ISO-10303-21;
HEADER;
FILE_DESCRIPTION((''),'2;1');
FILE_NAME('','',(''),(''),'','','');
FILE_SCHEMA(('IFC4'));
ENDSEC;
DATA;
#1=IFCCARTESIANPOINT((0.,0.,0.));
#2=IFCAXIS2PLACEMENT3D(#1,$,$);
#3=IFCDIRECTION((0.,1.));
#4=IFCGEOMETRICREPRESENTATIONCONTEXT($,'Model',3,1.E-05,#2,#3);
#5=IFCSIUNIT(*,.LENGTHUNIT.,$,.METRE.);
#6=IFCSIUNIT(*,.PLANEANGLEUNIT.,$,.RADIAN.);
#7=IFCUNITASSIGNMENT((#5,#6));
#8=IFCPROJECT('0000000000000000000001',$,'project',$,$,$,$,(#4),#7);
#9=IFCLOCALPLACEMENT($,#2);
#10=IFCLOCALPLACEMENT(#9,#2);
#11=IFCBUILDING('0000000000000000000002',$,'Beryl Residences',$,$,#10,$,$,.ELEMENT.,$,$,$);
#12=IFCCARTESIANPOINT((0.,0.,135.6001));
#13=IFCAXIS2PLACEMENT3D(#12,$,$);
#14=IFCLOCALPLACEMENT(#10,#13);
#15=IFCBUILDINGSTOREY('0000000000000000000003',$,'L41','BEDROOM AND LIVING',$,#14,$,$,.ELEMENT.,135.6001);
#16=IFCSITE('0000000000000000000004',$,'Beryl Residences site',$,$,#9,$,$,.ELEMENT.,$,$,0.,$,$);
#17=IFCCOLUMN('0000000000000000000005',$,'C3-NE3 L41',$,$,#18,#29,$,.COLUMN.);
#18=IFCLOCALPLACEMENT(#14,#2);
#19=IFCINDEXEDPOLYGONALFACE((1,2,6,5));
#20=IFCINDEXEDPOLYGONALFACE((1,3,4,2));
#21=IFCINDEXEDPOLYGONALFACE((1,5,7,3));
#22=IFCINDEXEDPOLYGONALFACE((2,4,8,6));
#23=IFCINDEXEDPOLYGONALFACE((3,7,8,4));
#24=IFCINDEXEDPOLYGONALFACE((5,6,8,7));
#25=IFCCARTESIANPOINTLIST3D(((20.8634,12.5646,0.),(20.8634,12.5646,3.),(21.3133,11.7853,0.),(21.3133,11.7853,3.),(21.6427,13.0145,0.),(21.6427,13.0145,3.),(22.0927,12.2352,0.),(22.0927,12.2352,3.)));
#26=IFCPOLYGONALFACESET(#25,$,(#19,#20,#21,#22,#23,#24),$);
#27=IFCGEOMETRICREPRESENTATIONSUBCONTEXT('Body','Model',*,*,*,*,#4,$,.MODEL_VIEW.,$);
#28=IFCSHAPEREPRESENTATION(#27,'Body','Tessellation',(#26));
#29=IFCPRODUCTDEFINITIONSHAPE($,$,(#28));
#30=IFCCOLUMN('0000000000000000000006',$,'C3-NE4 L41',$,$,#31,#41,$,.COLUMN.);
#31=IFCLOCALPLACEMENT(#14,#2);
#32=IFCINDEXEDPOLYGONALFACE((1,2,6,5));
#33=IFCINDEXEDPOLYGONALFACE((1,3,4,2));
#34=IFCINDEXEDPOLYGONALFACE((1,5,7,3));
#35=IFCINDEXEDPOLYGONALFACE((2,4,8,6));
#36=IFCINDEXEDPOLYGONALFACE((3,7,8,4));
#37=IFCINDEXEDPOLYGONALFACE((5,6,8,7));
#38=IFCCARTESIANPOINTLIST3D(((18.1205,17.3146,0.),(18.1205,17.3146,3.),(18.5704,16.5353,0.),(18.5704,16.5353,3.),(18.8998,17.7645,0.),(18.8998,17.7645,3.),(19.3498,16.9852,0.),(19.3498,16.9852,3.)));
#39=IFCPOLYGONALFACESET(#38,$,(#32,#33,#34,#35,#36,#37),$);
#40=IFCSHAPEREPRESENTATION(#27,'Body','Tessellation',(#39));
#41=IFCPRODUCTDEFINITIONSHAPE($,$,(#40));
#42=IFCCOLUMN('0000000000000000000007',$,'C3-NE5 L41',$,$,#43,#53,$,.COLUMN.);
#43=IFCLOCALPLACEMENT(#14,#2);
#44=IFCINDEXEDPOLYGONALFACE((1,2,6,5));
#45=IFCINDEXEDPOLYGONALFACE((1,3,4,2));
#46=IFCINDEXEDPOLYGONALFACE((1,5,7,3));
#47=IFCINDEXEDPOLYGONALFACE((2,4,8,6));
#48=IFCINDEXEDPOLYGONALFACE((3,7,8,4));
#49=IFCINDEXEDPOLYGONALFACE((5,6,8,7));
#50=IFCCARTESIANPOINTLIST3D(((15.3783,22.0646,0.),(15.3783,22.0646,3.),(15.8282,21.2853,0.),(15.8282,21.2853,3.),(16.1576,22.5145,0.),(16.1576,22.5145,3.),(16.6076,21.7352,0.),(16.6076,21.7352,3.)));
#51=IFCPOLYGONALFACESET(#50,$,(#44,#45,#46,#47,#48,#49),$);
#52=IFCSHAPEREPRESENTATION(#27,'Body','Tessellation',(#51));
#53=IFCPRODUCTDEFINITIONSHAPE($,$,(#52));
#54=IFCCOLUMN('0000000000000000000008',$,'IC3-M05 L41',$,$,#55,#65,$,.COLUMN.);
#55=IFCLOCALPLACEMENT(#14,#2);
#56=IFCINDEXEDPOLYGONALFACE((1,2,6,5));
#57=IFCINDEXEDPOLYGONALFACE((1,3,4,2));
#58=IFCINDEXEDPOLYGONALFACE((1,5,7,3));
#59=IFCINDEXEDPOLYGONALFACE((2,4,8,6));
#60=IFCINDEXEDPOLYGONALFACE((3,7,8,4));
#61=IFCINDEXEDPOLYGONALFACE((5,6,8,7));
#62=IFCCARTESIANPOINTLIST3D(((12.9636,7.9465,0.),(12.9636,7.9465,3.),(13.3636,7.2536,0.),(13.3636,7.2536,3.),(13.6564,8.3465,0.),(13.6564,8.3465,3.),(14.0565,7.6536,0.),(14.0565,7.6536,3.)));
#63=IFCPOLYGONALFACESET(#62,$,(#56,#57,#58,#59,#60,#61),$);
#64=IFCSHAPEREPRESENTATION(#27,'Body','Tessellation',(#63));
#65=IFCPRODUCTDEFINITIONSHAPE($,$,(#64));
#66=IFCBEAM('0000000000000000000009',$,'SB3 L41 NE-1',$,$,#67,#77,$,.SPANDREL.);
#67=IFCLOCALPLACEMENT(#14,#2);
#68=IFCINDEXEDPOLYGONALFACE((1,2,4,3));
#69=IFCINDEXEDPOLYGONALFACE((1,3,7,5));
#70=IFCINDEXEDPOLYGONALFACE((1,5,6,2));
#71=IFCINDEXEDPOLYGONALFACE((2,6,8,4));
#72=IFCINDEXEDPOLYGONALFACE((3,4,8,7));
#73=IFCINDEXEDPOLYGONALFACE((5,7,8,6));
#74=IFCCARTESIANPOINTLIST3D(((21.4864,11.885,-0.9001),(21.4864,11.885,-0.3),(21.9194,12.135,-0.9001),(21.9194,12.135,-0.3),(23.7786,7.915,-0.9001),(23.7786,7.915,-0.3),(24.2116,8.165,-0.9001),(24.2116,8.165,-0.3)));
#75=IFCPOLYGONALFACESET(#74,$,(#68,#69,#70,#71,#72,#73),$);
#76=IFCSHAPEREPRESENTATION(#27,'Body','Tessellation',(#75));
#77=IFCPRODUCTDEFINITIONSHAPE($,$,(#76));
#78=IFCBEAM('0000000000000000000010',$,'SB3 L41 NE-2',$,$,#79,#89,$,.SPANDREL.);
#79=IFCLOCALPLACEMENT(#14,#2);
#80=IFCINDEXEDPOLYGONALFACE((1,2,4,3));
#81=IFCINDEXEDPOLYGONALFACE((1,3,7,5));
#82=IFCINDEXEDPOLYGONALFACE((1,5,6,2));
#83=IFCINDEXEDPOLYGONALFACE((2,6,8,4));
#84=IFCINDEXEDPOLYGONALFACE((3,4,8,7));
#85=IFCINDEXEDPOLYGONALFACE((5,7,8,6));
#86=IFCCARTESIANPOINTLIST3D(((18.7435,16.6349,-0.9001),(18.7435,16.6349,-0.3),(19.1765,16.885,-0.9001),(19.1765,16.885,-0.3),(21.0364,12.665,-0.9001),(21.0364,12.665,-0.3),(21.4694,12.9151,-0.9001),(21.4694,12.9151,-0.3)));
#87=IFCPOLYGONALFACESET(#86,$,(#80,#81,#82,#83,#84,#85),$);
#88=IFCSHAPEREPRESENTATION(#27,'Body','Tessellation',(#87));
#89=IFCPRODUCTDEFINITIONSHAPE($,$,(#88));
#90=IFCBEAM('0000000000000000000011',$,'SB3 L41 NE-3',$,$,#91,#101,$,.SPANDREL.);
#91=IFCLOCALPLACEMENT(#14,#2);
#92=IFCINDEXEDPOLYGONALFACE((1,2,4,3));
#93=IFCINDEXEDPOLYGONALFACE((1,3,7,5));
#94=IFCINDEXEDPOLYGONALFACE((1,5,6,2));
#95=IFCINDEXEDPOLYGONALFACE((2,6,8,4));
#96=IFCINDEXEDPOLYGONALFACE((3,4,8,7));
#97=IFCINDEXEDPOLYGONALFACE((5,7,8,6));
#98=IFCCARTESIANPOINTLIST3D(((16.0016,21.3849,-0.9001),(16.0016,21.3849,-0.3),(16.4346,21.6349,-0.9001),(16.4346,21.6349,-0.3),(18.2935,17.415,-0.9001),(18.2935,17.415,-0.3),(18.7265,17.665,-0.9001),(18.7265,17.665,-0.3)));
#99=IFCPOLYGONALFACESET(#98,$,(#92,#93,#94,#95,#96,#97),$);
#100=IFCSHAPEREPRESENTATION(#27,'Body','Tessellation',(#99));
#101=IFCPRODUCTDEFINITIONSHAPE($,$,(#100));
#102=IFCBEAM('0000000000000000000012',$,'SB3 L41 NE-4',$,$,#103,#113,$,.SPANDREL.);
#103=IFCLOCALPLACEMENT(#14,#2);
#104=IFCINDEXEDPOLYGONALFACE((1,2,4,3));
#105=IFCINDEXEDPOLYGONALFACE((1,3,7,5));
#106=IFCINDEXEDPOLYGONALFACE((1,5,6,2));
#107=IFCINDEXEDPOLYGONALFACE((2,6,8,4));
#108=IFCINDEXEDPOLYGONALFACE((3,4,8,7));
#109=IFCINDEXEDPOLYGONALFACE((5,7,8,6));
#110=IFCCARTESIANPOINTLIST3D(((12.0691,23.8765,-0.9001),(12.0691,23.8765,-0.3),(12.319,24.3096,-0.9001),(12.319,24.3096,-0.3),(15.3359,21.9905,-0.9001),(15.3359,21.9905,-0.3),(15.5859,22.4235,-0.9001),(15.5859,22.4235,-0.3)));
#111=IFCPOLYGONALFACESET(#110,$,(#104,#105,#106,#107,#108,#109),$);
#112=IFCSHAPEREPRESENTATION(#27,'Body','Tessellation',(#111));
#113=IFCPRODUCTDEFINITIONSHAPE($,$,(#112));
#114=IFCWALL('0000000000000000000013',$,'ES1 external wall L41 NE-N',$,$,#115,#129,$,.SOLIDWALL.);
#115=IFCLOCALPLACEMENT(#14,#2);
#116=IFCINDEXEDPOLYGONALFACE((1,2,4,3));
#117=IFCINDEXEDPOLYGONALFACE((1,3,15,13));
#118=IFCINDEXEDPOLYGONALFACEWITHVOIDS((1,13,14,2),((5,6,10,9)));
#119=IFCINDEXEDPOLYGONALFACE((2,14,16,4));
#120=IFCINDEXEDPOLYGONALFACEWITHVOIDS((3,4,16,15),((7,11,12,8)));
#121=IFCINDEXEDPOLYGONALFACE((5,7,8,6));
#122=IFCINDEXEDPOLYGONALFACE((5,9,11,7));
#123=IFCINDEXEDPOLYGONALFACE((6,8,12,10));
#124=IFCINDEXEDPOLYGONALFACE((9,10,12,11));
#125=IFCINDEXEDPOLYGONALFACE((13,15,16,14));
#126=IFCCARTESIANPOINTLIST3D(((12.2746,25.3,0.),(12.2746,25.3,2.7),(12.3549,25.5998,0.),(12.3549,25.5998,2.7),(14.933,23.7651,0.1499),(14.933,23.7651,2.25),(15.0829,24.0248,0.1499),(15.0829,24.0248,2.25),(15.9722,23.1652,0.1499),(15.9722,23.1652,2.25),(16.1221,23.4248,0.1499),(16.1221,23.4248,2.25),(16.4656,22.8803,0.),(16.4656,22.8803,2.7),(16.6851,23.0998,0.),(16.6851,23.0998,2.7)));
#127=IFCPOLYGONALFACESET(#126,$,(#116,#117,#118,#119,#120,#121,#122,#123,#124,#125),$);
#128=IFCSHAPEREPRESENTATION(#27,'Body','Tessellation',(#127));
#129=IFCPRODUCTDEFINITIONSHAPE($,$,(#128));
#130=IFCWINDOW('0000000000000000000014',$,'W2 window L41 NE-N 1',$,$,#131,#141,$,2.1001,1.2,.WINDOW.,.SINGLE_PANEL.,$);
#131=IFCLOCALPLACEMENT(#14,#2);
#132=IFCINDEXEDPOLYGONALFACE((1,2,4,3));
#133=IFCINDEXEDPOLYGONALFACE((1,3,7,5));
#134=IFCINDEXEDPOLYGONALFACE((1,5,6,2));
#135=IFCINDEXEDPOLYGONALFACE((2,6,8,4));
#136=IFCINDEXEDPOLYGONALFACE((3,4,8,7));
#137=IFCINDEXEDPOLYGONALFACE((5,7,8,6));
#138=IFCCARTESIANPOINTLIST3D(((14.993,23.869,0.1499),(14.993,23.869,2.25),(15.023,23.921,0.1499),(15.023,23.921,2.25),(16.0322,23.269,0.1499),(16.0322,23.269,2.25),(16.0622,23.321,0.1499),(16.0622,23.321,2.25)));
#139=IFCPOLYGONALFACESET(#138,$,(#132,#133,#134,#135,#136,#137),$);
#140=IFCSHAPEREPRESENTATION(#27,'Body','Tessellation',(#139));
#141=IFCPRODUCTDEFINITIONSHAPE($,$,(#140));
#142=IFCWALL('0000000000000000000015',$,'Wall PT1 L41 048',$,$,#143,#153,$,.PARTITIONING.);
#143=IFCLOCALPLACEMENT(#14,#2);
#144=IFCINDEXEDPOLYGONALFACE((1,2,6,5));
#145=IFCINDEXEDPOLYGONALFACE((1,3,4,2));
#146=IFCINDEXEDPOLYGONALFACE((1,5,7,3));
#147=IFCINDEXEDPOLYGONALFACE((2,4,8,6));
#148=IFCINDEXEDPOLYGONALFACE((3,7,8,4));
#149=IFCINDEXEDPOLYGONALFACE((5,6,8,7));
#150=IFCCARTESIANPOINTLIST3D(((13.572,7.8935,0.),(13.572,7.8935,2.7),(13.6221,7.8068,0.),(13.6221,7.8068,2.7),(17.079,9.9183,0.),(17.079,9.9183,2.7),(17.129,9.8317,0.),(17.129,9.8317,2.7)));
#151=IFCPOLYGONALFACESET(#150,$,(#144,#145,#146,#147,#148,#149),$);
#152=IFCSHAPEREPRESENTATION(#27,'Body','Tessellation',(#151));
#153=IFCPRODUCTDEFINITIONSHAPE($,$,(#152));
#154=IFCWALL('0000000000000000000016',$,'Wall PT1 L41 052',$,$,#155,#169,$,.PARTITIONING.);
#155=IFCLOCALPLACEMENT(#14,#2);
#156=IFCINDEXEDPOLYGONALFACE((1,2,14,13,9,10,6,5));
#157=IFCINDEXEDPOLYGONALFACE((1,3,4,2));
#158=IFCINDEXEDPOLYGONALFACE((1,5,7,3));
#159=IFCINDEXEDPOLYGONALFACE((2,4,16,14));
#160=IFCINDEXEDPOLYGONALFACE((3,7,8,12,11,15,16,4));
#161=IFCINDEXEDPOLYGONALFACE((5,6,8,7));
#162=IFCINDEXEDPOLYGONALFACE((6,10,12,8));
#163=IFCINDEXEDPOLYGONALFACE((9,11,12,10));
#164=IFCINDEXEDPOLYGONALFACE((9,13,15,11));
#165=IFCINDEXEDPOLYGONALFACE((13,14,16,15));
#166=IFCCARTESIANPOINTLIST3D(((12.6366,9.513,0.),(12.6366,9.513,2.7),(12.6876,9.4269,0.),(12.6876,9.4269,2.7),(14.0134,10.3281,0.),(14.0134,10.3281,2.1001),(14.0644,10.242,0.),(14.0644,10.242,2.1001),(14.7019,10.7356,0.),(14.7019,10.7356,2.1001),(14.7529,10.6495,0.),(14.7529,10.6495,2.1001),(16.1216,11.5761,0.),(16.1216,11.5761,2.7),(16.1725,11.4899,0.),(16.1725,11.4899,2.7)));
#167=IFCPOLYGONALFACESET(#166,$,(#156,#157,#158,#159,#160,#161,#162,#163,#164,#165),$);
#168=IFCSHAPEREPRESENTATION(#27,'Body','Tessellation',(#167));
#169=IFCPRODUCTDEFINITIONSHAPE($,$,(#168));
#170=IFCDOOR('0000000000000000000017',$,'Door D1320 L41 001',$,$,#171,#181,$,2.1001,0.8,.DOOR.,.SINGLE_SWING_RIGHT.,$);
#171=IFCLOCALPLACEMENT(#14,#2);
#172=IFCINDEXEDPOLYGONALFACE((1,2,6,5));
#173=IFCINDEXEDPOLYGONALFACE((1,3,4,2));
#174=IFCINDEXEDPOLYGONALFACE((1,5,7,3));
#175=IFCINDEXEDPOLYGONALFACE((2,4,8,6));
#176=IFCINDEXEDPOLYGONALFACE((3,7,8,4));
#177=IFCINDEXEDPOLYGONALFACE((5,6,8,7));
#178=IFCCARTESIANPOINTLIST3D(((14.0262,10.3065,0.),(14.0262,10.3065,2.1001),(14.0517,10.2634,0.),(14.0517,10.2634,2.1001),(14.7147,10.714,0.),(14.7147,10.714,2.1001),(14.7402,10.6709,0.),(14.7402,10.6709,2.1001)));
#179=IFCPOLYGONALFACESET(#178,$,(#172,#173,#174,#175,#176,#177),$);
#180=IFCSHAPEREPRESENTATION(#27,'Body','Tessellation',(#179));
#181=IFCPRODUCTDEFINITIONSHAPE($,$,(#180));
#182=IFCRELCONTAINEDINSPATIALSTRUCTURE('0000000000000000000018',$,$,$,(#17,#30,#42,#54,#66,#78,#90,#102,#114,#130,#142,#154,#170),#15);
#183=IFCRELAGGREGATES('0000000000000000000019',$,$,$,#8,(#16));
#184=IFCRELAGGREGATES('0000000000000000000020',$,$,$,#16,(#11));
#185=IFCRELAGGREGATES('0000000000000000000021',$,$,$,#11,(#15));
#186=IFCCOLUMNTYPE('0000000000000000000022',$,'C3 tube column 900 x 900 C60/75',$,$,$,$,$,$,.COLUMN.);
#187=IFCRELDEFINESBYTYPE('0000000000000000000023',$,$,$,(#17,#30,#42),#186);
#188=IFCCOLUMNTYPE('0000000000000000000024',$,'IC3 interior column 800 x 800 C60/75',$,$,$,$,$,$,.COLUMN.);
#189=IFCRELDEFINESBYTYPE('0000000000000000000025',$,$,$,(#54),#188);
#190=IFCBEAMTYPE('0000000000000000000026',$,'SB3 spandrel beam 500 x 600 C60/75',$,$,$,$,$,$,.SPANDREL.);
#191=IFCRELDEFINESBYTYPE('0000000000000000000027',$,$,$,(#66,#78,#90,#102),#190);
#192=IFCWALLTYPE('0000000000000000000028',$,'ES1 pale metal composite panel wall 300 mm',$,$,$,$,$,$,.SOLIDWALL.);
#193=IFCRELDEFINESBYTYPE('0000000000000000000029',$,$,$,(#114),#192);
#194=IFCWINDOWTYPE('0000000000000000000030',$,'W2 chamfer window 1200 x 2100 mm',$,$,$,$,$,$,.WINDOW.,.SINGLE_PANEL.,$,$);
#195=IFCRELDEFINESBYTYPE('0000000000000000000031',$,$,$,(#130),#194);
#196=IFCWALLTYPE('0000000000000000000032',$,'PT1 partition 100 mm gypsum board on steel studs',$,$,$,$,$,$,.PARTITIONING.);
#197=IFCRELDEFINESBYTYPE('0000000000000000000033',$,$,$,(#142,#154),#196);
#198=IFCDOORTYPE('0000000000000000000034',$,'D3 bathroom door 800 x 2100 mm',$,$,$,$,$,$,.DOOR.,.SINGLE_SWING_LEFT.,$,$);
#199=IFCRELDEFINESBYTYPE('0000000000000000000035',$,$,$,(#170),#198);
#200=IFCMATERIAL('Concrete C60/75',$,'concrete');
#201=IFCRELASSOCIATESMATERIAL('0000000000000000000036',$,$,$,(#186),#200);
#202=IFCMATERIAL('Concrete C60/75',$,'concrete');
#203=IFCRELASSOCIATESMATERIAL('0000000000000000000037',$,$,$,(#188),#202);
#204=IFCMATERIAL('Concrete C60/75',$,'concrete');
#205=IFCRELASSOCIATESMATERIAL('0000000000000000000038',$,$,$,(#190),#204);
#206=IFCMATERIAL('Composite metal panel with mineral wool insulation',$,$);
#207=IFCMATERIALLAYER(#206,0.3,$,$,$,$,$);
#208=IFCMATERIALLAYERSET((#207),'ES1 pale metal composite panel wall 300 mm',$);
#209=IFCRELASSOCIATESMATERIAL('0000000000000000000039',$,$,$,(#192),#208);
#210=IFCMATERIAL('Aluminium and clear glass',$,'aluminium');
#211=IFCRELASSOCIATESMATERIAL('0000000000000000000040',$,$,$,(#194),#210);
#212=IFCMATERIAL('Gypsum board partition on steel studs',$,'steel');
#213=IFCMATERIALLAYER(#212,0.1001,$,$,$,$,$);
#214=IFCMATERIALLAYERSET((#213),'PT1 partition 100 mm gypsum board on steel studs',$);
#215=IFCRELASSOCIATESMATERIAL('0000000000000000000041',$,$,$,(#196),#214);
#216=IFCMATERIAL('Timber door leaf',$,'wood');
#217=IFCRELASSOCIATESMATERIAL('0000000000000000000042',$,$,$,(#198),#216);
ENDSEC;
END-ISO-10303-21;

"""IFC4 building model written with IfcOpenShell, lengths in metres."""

from ifc_helpers import new_model, si_unit, direction, frame, frame_2d, origin, origin_2d, place, context, subcontext, project, spatial, polyline, rectangle, outline, extrude, material, layer, layer_set, material_profile, profile_set, type_object, element, fill, save


model = new_model("IFC4")

# Units and contexts
model_context = context("Model", 3, precision=1e-05, world=origin(), true_north=direction((0.0, 1.0)))
body_context = subcontext(model_context, "Body", "Model", "MODEL_VIEW")
ifc_project = project(units=[si_unit("LENGTHUNIT", "METRE"), si_unit("PLANEANGLEUNIT", "RADIAN")], contexts=[model_context])

# Site, building, storey
site_placement = place(None, origin())
site = spatial("IfcSite", under=ifc_project, at=site_placement, Name="Beryl Residences site", CompositionType="ELEMENT", RefElevation=0.0)
building_placement = place(site_placement, origin())
building = spatial("IfcBuilding", under=site, at=building_placement, Name="Beryl Residences", CompositionType="ELEMENT")
storey_placement = place(building_placement, frame((0.0, 0.0, 135.6001)))
storey = spatial("IfcBuildingStorey", under=building, at=storey_placement, Name="L41", Description="BEDROOM AND LIVING", CompositionType="ELEMENT", Elevation=135.6001)

# Columns
ifc_material_1 = material(Name="Concrete C60/75", Category="concrete")
ifc_material_profile_1 = material_profile(ifc_material_1, rectangle(XDim=0.8999, YDim=0.8999, at=origin_2d()))
ifc_profile_set_1 = profile_set([ifc_material_profile_1], Name="Concrete C60/75")
column_type_1 = type_object("IfcColumnType", Name="C3 tube column 900 x 900 C60/75", PredefinedType="COLUMN", material=ifc_profile_set_1)
for number, where, z_axis, x_axis, name in (
    (1, (21.478, 12.3999, 0.0), (0.0, 0.0, 1.0), (-0.5, 0.866025, 0.0), "C3-NE3 L41"),
    (2, (18.7351, 17.1499, 0.0), (0.0, 0.0, 1.0), (-0.5, 0.866025, 0.0), "C3-NE4 L41"),
    (3, (15.9929, 21.8999, 0.0), (0.0, 0.0, 1.0), (-0.5, 0.866025, 0.0), "C3-NE5 L41"),
):
    element("IfcColumn", number, at=place(storey_placement, frame(where, z_axis=z_axis, x_axis=x_axis)), inside=storey, type_object=column_type_1, Name=name, PredefinedType="COLUMN", context=body_context, shape_type="SweptSolid", body=[
        extrude(rectangle(XDim=0.8999, YDim=0.8999, at=origin_2d()), origin(), (0.0, 0.0, 1.0), 3.0),
    ])
ifc_material_2 = material(Name="Concrete C60/75", Category="concrete")
ifc_material_profile_2 = material_profile(ifc_material_2, rectangle(XDim=0.8, YDim=0.8, at=origin_2d()))
ifc_profile_set_2 = profile_set([ifc_material_profile_2], Name="Concrete C60/75")
column_type_2 = type_object("IfcColumnType", Name="IC3 interior column 800 x 800 C60/75", PredefinedType="COLUMN", material=ifc_profile_set_2)
column_placement = place(storey_placement, frame((13.51, 7.8, 0.0), z_axis=(0.0, 0.0, 1.0), x_axis=(-0.5, 0.866025, 0.0)))
element("IfcColumn", 4, at=column_placement, inside=storey, type_object=column_type_2, Name="IC3-M05 L41", PredefinedType="COLUMN", context=body_context, shape_type="SweptSolid", body=[
    extrude(rectangle(XDim=0.8, YDim=0.8, at=origin_2d()), origin(), (0.0, 0.0, 1.0), 3.0),
])

# Beams
ifc_material_3 = material(Name="Concrete C60/75", Category="concrete")
ifc_material_profile_3 = material_profile(ifc_material_3, rectangle(XDim=0.5, YDim=0.6001, at=origin_2d()))
ifc_profile_set_3 = profile_set([ifc_material_profile_3], Name="Concrete C60/75")
beam_type = type_object("IfcBeamType", Name="SB3 spandrel beam 500 x 600 C60/75", PredefinedType="SPANDREL", material=ifc_profile_set_3)
beam_1_placement = place(storey_placement, frame((23.9951, 8.04, -0.6001), z_axis=(-0.500028, 0.866009, 0.0), x_axis=(-0.866009, -0.500028, 0.0)))
element("IfcBeam", 5, at=beam_1_placement, inside=storey, type_object=beam_type, Name="SB3 L41 NE-1", PredefinedType="SPANDREL", context=body_context, shape_type="SweptSolid", body=[
    extrude(rectangle(XDim=0.5, YDim=0.6001, at=origin_2d()), origin(), (0.0, 0.0, 1.0), 4.5842),
])
beam_2_placement = place(storey_placement, frame((21.2529, 12.79, -0.6001), z_axis=(-0.500148, 0.86594, 0.0), x_axis=(-0.86594, -0.500148, 0.0)))
element("IfcBeam", 6, at=beam_2_placement, inside=storey, type_object=beam_type, Name="SB3 L41 NE-2", PredefinedType="SPANDREL", context=body_context, shape_type="SweptSolid", body=[
    extrude(rectangle(XDim=0.5, YDim=0.6001, at=origin_2d()), origin(), (0.0, 0.0, 1.0), 4.5845),
])
beam_3_placement = place(storey_placement, frame((18.51, 17.54, -0.6001), z_axis=(-0.499988, 0.866032, 0.0), x_axis=(-0.866032, -0.499988, 0.0)))
element("IfcBeam", 7, at=beam_3_placement, inside=storey, type_object=beam_type, Name="SB3 L41 NE-3", PredefinedType="SPANDREL", context=body_context, shape_type="SweptSolid", body=[
    extrude(rectangle(XDim=0.5, YDim=0.6001, at=origin_2d()), origin(), (0.0, 0.0, 1.0), 4.584),
])
beam_4_placement = place(storey_placement, frame((15.4609, 22.207, -0.6001), z_axis=(-0.86604, 0.499975, 0.0), x_axis=(-0.499975, -0.86604, 0.0)))
element("IfcBeam", 8, at=beam_4_placement, inside=storey, type_object=beam_type, Name="SB3 L41 NE-4", PredefinedType="SPANDREL", context=body_context, shape_type="SweptSolid", body=[
    extrude(rectangle(XDim=0.5, YDim=0.6001, at=origin_2d()), origin(), (0.0, 0.0, 1.0), 3.7722),
])

# Wall, opening, window
ifc_material_4 = material(Name="Composite metal panel with mineral wool insulation")
ifc_layer_1 = layer(ifc_material_4, 0.3)
ifc_layer_set_1 = layer_set([ifc_layer_1], Name="ES1 pale metal composite panel wall 300 mm")
wall_type_1 = type_object("IfcWallType", Name="ES1 pale metal composite panel wall 300 mm", PredefinedType="SOLIDWALL", material=ifc_layer_set_1)
wall_1_placement = place(storey_placement, frame((16.6101, 22.97, 0.0), z_axis=(0.0, 0.0, 1.0), x_axis=(-0.866023, 0.500004, 0.0)))
wall_1 = element("IfcWall", 9, at=wall_1_placement, inside=storey, type_object=wall_type_1, Name="ES1 external wall L41 NE-N", PredefinedType="SOLIDWALL", context=body_context, shape_type="SweptSolid", body=[
    extrude(outline(polyline([(0.0, -0.1499), (5.0, -0.1499), (4.9197, 0.1499), (0.0803, 0.1499), (0.0, -0.1499)])), origin(), (0.0, 0.0, 1.0), 2.7),
])
opening_1_placement = place(wall_1_placement, frame((0.6499, 0.0, 0.1499)))
opening_1 = element("IfcOpeningElement", 10, at=opening_1_placement, cuts=wall_1, PredefinedType="OPENING", context=body_context, shape_type="SweptSolid", body=[
    extrude(rectangle(XDim=1.2, YDim=2.1001, at=frame_2d((0.6001, 1.05))), frame((0.0, 0.1599, 0.0), z_axis=(0.0, -1.0, 0.0), x_axis=(1.0, 0.0, 0.0)), (0.0, 0.0, 1.0), 0.3201),
])
ifc_material_5 = material(Name="Aluminium and clear glass", Category="aluminium")
window_type = type_object("IfcWindowType", Name="W2 chamfer window 1200 x 2100 mm", PartitioningType="SINGLE_PANEL", PredefinedType="WINDOW", material=ifc_material_5)
window_placement = place(opening_1_placement, origin())
window = element("IfcWindow", 11, at=window_placement, inside=storey, type_object=window_type, Name="W2 window L41 NE-N 1", OverallHeight=2.1001, OverallWidth=1.2, PartitioningType="SINGLE_PANEL", PredefinedType="WINDOW", context=body_context, shape_type="SweptSolid", body=[
    extrude(rectangle(XDim=1.2, YDim=2.1001, at=frame_2d((0.6001, 1.05))), frame((0.0, 0.03, 0.0), z_axis=(0.0, -1.0, 0.0), x_axis=(1.0, 0.0, 0.0)), (0.0, 0.0, 1.0), 0.0601),
])
fill(opening_1, window)

# Wall
ifc_material_6 = material(Name="Gypsum board partition on steel studs", Category="steel")
ifc_layer_2 = layer(ifc_material_6, 0.1001)
ifc_layer_set_2 = layer_set([ifc_layer_2], Name="PT1 partition 100 mm gypsum board on steel studs")
wall_type_2 = type_object("IfcWallType", Name="PT1 partition 100 mm gypsum board on steel studs", PredefinedType="PARTITIONING", material=ifc_layer_set_2)
wall_2_placement = place(storey_placement, frame((13.5969, 7.8501, 0.0), z_axis=(0.0, 0.0, 1.0), x_axis=(0.866016, 0.500016, 0.0)))
element("IfcWall", 12, at=wall_2_placement, inside=storey, type_object=wall_type_2, Name="Wall PT1 L41 048", PredefinedType="PARTITIONING", context=body_context, shape_type="SweptSolid", body=[
    extrude(rectangle(XDim=4.0496, YDim=0.1001, at=frame_2d((2.0249, 0.0))), origin(), (0.0, 0.0, 1.0), 2.7),
])

# Wall, opening, door
wall_3_placement = place(storey_placement, frame((12.6621, 9.47, 0.0), z_axis=(0.0, 0.0, 1.0), x_axis=(0.860521, 0.509416, 0.0)))
wall_3 = element("IfcWall", 13, at=wall_3_placement, inside=storey, type_object=wall_type_2, Name="Wall PT1 L41 052", PredefinedType="PARTITIONING", context=body_context, shape_type="SweptSolid", body=[
    extrude(rectangle(XDim=4.0498, YDim=0.1001, at=frame_2d((2.0249, 0.0))), origin(), (0.0, 0.0, 1.0), 2.7),
])
opening_2_placement = place(wall_3_placement, frame((1.6001, 0.0, 0.0)))
opening_2 = element("IfcOpeningElement", 14, at=opening_2_placement, cuts=wall_3, PredefinedType="OPENING", context=body_context, shape_type="SweptSolid", body=[
    extrude(rectangle(XDim=0.8, YDim=2.1001, at=frame_2d((0.3999, 1.05))), frame((0.0, 0.0601, 0.0), z_axis=(0.0, -1.0, 0.0), x_axis=(1.0, 0.0, 0.0)), (0.0, 0.0, 1.0), 0.1201),
])
ifc_material_7 = material(Name="Timber door leaf", Category="wood")
door_type_1 = type_object("IfcDoorType", Name="D3 bathroom door 800 x 2100 mm", OperationType="SINGLE_SWING_LEFT", PredefinedType="DOOR", material=ifc_material_7)
door_1_placement = place(opening_2_placement, origin())
door_1 = element("IfcDoor", 15, at=door_1_placement, inside=storey, type_object=door_type_1, Name="Door D1320 L41 001", OperationType="SINGLE_SWING_RIGHT", OverallHeight=2.1001, OverallWidth=0.8, PredefinedType="DOOR", context=body_context, shape_type="SweptSolid", body=[
    extrude(rectangle(XDim=0.8, YDim=2.1001, at=frame_2d((0.3999, 1.05))), frame((0.0, 0.0249, 0.0), z_axis=(0.0, -1.0, 0.0), x_axis=(1.0, 0.0, 0.0)), (0.0, 0.0, 1.0), 0.05),
])
fill(opening_2, door_1)

save(model, "model.ifc")
